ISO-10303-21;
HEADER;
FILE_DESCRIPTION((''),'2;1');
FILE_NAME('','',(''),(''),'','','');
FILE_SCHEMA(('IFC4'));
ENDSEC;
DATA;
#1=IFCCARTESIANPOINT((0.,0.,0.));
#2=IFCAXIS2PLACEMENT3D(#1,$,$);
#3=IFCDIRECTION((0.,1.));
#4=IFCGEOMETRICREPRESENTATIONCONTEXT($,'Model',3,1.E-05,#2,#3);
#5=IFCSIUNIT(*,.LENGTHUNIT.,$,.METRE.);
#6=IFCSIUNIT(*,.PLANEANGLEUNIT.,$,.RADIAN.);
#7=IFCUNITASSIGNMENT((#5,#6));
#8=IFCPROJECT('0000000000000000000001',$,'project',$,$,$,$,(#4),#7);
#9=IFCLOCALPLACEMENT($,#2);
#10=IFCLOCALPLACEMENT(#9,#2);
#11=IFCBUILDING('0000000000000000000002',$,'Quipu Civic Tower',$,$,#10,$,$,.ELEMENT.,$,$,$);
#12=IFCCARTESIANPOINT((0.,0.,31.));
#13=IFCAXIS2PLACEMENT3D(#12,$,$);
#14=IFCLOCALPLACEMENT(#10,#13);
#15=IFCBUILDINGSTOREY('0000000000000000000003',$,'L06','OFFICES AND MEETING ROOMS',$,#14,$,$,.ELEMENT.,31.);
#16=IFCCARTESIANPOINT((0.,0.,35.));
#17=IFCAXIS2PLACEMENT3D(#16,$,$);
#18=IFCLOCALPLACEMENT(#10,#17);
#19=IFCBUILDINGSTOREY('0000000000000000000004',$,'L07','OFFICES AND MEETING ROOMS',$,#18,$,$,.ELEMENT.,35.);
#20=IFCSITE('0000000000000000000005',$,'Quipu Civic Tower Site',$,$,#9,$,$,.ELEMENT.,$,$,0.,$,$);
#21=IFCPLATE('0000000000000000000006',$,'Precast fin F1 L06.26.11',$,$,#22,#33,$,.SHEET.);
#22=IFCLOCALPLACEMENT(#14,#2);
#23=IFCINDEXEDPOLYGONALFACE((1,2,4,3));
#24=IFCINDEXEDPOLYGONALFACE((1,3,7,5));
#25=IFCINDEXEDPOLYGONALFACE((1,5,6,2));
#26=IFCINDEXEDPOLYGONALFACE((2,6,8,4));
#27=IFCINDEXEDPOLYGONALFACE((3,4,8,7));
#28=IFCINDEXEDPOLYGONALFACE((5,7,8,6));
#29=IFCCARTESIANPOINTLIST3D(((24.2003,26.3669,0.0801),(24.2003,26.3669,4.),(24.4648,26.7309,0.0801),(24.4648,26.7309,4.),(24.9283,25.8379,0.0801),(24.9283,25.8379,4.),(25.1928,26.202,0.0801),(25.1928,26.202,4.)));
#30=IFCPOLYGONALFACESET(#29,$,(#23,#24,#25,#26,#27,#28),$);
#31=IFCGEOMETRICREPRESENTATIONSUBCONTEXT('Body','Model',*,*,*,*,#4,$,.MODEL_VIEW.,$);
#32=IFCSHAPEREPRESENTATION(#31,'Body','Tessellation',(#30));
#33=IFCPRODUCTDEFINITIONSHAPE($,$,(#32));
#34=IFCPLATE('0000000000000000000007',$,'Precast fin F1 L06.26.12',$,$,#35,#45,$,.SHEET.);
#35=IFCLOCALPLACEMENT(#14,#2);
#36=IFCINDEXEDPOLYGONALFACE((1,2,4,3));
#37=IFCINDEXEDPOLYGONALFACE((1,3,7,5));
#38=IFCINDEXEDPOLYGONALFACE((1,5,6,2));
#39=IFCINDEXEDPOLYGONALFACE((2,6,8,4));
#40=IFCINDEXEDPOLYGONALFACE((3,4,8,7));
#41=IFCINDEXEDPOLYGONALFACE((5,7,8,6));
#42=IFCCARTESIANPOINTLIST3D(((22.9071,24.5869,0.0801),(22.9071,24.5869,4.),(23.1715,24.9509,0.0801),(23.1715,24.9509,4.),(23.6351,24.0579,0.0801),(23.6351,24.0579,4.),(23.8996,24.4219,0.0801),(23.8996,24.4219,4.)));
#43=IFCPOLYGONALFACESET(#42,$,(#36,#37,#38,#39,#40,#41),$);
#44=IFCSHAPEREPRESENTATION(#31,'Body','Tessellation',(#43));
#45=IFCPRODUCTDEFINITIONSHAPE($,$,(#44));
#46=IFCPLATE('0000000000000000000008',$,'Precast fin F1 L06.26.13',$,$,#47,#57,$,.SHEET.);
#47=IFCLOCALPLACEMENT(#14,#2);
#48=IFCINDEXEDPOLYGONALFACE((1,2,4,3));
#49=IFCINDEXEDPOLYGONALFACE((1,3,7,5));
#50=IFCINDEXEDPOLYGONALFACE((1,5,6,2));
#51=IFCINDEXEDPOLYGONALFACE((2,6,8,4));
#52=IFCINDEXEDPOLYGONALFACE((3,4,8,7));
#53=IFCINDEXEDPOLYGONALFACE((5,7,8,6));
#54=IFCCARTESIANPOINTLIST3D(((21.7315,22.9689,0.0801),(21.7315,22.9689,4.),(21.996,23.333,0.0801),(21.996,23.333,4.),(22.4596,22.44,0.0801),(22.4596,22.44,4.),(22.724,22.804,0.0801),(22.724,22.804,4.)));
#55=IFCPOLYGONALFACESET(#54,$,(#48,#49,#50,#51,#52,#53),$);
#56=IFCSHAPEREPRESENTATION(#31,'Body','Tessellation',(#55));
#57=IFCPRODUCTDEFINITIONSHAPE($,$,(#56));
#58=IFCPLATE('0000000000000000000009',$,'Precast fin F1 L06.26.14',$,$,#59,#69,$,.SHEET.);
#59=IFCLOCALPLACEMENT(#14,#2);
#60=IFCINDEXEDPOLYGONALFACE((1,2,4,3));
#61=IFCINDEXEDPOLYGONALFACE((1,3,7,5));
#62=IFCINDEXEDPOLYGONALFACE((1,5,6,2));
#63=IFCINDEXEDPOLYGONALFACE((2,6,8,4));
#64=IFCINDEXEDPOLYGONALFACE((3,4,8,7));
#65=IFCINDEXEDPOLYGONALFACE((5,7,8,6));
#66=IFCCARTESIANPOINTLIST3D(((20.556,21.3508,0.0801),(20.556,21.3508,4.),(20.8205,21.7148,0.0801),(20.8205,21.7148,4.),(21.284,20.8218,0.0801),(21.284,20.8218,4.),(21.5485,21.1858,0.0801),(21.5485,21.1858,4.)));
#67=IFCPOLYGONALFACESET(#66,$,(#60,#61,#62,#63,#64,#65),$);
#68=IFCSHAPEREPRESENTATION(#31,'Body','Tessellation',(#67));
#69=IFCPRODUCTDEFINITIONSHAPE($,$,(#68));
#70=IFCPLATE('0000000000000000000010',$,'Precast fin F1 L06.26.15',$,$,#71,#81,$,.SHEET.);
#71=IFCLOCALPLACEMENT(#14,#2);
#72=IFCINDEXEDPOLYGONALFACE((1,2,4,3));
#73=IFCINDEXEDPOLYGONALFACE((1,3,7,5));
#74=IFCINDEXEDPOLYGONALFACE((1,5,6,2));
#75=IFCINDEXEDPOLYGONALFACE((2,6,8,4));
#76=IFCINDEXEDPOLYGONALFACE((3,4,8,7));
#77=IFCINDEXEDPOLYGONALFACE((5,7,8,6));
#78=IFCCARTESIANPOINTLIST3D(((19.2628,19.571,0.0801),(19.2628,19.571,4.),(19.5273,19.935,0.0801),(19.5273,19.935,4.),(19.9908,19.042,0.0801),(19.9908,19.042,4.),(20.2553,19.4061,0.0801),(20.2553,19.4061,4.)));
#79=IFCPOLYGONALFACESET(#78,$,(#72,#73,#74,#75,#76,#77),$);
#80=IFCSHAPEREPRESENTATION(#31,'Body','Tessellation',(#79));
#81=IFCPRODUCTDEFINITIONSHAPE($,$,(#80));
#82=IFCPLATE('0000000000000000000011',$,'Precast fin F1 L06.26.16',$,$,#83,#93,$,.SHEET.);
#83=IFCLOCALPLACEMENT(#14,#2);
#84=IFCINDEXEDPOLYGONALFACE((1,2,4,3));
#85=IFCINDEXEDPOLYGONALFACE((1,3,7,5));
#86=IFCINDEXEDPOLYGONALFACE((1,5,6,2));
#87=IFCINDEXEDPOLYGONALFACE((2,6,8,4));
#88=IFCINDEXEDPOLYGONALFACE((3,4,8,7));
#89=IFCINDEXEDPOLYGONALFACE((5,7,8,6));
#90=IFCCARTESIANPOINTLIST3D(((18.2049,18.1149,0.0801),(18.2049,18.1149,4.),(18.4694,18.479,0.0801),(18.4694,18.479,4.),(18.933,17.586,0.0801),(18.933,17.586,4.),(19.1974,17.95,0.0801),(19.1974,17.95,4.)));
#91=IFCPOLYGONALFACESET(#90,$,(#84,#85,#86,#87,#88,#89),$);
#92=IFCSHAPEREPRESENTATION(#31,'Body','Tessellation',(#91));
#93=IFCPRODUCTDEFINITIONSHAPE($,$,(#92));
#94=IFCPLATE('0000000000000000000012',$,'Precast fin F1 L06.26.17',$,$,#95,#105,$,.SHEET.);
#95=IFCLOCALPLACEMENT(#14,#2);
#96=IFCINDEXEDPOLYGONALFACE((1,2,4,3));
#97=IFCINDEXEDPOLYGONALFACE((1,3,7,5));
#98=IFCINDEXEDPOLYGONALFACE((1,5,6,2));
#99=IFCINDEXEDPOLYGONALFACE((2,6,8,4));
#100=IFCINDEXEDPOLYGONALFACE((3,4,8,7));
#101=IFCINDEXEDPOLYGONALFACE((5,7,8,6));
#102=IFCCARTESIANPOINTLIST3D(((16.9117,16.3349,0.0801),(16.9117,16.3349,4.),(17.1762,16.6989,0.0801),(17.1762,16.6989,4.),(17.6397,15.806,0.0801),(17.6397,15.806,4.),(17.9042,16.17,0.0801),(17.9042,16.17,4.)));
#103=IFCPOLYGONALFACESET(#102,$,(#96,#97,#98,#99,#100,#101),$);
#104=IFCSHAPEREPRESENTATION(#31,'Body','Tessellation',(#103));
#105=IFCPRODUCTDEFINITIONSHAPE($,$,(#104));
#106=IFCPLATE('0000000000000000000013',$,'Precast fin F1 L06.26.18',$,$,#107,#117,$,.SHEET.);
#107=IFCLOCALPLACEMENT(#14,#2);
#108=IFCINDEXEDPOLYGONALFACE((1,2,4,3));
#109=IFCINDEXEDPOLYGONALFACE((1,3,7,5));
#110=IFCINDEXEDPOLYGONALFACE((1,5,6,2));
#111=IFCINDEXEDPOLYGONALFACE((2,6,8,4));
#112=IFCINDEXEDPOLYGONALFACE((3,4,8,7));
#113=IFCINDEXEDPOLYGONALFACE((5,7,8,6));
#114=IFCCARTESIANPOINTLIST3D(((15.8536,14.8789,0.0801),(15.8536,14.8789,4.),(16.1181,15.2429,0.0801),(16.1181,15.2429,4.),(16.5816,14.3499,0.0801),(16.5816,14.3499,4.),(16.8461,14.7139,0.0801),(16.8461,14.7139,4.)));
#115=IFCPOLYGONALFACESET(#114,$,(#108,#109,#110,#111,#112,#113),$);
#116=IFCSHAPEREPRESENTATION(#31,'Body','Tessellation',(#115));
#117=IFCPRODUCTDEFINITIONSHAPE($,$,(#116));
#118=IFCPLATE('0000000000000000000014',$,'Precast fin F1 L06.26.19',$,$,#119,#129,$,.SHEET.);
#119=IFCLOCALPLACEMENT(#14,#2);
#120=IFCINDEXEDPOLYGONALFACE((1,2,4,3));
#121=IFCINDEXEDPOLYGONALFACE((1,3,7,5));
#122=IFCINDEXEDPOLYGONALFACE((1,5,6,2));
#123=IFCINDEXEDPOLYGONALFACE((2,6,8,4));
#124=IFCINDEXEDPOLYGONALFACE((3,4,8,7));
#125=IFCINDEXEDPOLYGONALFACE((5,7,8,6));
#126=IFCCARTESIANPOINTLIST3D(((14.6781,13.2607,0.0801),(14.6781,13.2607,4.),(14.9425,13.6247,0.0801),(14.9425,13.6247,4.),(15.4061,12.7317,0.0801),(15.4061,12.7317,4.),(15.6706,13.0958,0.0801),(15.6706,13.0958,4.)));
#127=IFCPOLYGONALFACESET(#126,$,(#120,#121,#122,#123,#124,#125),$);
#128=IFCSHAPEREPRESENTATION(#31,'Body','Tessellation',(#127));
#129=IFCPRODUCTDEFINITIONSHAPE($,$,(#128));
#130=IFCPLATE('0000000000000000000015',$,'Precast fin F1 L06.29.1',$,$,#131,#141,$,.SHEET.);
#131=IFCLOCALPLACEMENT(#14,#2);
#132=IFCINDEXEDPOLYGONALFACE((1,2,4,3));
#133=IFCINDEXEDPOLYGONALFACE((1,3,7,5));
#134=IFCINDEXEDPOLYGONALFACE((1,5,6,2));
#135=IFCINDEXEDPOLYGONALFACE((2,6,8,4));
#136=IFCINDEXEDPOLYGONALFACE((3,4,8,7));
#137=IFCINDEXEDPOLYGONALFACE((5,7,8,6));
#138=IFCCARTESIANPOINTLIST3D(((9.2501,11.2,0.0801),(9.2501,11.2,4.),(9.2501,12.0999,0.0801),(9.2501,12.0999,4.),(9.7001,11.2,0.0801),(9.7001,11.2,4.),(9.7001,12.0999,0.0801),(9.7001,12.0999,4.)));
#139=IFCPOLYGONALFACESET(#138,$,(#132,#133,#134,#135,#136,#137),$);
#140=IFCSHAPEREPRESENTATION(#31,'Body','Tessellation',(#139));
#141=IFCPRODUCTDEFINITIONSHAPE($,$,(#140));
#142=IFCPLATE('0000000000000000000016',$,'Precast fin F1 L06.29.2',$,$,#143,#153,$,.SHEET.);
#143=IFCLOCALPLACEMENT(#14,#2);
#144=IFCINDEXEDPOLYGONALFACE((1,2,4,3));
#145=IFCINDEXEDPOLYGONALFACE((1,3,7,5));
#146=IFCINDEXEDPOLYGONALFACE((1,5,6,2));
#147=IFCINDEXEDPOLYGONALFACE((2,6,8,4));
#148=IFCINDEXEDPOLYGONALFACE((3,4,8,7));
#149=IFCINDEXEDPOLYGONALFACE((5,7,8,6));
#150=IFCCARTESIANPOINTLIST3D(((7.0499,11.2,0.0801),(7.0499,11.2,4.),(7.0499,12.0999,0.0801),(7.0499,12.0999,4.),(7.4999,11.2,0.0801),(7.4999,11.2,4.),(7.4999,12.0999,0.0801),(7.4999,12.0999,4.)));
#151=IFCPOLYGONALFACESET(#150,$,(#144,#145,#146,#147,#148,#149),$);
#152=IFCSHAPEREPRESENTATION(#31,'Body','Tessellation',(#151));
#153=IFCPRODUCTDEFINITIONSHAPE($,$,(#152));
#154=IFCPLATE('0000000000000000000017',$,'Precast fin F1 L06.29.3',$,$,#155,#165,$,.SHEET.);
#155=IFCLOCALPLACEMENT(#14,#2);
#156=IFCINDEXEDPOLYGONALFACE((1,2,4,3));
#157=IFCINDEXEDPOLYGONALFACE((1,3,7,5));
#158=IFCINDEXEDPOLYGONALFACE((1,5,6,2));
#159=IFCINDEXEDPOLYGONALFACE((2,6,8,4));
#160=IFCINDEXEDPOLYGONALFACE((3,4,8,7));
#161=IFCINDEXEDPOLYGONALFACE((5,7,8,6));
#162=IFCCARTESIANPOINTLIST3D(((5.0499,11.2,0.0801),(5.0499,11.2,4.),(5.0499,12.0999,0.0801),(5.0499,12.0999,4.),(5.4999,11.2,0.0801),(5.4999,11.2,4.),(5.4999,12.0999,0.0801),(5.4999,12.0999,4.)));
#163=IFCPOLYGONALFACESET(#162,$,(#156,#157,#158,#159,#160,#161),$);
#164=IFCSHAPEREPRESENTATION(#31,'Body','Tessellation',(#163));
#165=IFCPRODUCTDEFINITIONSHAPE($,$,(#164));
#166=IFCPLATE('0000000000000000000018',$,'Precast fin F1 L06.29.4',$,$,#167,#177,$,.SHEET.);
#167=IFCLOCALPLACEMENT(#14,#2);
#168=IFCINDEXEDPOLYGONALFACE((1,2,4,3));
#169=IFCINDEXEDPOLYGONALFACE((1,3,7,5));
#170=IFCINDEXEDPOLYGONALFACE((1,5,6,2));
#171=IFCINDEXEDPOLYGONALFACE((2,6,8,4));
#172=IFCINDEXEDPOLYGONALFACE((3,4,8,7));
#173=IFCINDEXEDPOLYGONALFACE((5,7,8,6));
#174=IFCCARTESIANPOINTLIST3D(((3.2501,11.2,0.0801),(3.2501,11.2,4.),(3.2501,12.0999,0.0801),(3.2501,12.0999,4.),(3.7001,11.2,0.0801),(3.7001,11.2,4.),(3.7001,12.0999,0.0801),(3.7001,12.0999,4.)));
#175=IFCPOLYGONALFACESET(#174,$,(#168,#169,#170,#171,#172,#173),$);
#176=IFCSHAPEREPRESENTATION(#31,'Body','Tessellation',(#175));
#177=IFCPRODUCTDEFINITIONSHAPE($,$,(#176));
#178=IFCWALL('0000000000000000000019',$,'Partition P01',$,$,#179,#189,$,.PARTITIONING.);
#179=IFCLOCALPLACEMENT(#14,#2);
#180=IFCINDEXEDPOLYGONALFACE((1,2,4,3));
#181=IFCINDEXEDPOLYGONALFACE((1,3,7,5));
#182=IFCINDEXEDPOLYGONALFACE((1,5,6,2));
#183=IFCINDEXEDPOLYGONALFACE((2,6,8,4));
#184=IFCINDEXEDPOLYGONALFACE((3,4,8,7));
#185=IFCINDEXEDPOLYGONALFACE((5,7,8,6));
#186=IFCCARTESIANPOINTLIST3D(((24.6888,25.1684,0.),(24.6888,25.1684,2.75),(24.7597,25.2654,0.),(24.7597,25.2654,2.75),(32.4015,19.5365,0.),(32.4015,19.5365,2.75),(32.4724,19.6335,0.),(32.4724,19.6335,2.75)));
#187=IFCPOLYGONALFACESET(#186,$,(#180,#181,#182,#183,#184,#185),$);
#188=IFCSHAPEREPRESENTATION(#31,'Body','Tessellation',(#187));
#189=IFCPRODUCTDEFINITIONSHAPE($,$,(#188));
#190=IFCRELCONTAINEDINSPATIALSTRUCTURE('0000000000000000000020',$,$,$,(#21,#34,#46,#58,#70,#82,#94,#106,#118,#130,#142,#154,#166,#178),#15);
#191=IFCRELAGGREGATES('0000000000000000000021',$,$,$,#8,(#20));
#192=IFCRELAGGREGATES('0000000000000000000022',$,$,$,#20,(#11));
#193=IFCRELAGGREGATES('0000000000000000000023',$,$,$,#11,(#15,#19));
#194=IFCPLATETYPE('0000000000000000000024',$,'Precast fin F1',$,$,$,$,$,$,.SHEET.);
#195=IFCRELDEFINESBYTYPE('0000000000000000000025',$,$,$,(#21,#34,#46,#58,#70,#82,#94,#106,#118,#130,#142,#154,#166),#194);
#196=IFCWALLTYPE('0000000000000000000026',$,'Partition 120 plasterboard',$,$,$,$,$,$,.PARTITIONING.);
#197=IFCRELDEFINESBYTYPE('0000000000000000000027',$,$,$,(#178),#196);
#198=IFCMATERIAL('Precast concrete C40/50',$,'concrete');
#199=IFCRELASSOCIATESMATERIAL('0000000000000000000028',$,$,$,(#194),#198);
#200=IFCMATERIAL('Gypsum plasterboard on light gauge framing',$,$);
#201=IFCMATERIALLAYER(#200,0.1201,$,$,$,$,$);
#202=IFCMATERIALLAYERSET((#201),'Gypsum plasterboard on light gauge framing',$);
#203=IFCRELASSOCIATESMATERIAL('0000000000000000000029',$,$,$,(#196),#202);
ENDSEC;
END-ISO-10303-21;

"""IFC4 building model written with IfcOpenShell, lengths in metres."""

from ifc_helpers import new_model, si_unit, direction, frame, frame_2d, origin, origin_2d, place, context, subcontext, project, spatial, rectangle, extrude, material, layer, layer_set, type_object, element, save


model = new_model("IFC4")

# Units and contexts
model_context = context("Model", 3, precision=1e-05, world=origin(), true_north=direction((0.0, 1.0)))
body_context = subcontext(model_context, "Body", "Model", "MODEL_VIEW")
ifc_project = project(units=[si_unit("LENGTHUNIT", "METRE"), si_unit("PLANEANGLEUNIT", "RADIAN")], contexts=[model_context])

# Site, building, storey
site_placement = place(None, origin())
site = spatial("IfcSite", under=ifc_project, at=site_placement, Name="Quipu Civic Tower Site", CompositionType="ELEMENT", RefElevation=0.0)
building_placement = place(site_placement, origin())
building = spatial("IfcBuilding", under=site, at=building_placement, Name="Quipu Civic Tower", CompositionType="ELEMENT")
storey_1_placement = place(building_placement, frame((0.0, 0.0, 31.0)))
storey_1 = spatial("IfcBuildingStorey", under=building, at=storey_1_placement, Name="L06", Description="OFFICES AND MEETING ROOMS", CompositionType="ELEMENT", Elevation=31.0)

# Shared definitions
storey_2_placement = place(building_placement, frame((0.0, 0.0, 35.0)))
storey_2 = spatial("IfcBuildingStorey", under=building, at=storey_2_placement, Name="L07", Description="OFFICES AND MEETING ROOMS", CompositionType="ELEMENT", Elevation=35.0)

# Plates
ifc_material_1 = material(Name="Precast concrete C40/50", Category="concrete")
plate_type_1 = type_object("IfcPlateType", Name="Precast fin F1", PredefinedType="SHEET", material=ifc_material_1)
for number, where, z_axis, x_axis, name in (
    (1, (24.6965, 26.2844, 0.0801), (0.0, 0.0, 1.0), (-0.587785, -0.809017, 0.0), "Precast fin F1 L06.26.11"),
    (2, (23.4033, 24.5044, 0.0801), (0.0, 0.0, 1.0), (-0.587785, -0.809017, 0.0), "Precast fin F1 L06.26.12"),
    (3, (22.2278, 22.8865, 0.0801), (0.0, 0.0, 1.0), (-0.587785, -0.809017, 0.0), "Precast fin F1 L06.26.13"),
    (4, (21.0522, 21.2683, 0.0801), (0.0, 0.0, 1.0), (-0.587785, -0.809017, 0.0), "Precast fin F1 L06.26.14"),
    (5, (19.759, 19.4885, 0.0801), (0.0, 0.0, 1.0), (-0.587785, -0.809017, 0.0), "Precast fin F1 L06.26.15"),
    (6, (18.7012, 18.0325, 0.0801), (0.0, 0.0, 1.0), (-0.587785, -0.809017, 0.0), "Precast fin F1 L06.26.16"),
    (7, (17.408, 16.2524, 0.0801), (0.0, 0.0, 1.0), (-0.587785, -0.809017, 0.0), "Precast fin F1 L06.26.17"),
    (8, (16.3499, 14.7964, 0.0801), (0.0, 0.0, 1.0), (-0.587785, -0.809017, 0.0), "Precast fin F1 L06.26.18"),
    (9, (15.1743, 13.1782, 0.0801), (0.0, 0.0, 1.0), (-0.587785, -0.809017, 0.0), "Precast fin F1 L06.26.19"),
    (10, (9.4751, 11.6499, 0.0801), (0.0, 0.0, 1.0), (-1.0, 0.0, 0.0), "Precast fin F1 L06.29.1"),
    (11, (7.2749, 11.6499, 0.0801), (0.0, 0.0, 1.0), (-1.0, 0.0, 0.0), "Precast fin F1 L06.29.2"),
    (12, (5.2749, 11.6499, 0.0801), (0.0, 0.0, 1.0), (-1.0, 0.0, 0.0), "Precast fin F1 L06.29.3"),
    (13, (3.4751, 11.6499, 0.0801), (0.0, 0.0, 1.0), (-1.0, 0.0, 0.0), "Precast fin F1 L06.29.4"),
):
    element("IfcPlate", number, at=place(storey_1_placement, frame(where, z_axis=z_axis, x_axis=x_axis)), inside=storey_1, type_object=plate_type_1, Name=name, PredefinedType="SHEET", context=body_context, shape_type="SweptSolid", body=[
        extrude(rectangle(XDim=0.45, YDim=0.8999, at=origin_2d()), origin(), (0.0, 0.0, 1.0), 3.9199),
    ])

# Wall
ifc_material_2 = material(Name="Gypsum plasterboard on light gauge framing")
ifc_layer_1 = layer(ifc_material_2, 0.1201)
ifc_layer_set_1 = layer_set([ifc_layer_1], Name="Gypsum plasterboard on light gauge framing")
wall_type = type_object("IfcWallType", Name="Partition 120 plasterboard", PredefinedType="PARTITIONING", material=ifc_layer_set_1)
wall_placement = place(storey_1_placement, frame((24.7244, 25.2168, 0.0), z_axis=(0.0, 0.0, 1.0), x_axis=(0.807607, -0.589721, 0.0)))
element("IfcWall", 14, at=wall_placement, inside=storey_1, type_object=wall_type, Name="Partition P01", PredefinedType="PARTITIONING", context=body_context, shape_type="SweptSolid", body=[
    extrude(rectangle(XDim=9.55, YDim=0.1201, at=frame_2d((4.7749, 0.0))), origin(), (0.0, 0.0, 1.0), 2.75),
])

save(model, "model.ifc")
